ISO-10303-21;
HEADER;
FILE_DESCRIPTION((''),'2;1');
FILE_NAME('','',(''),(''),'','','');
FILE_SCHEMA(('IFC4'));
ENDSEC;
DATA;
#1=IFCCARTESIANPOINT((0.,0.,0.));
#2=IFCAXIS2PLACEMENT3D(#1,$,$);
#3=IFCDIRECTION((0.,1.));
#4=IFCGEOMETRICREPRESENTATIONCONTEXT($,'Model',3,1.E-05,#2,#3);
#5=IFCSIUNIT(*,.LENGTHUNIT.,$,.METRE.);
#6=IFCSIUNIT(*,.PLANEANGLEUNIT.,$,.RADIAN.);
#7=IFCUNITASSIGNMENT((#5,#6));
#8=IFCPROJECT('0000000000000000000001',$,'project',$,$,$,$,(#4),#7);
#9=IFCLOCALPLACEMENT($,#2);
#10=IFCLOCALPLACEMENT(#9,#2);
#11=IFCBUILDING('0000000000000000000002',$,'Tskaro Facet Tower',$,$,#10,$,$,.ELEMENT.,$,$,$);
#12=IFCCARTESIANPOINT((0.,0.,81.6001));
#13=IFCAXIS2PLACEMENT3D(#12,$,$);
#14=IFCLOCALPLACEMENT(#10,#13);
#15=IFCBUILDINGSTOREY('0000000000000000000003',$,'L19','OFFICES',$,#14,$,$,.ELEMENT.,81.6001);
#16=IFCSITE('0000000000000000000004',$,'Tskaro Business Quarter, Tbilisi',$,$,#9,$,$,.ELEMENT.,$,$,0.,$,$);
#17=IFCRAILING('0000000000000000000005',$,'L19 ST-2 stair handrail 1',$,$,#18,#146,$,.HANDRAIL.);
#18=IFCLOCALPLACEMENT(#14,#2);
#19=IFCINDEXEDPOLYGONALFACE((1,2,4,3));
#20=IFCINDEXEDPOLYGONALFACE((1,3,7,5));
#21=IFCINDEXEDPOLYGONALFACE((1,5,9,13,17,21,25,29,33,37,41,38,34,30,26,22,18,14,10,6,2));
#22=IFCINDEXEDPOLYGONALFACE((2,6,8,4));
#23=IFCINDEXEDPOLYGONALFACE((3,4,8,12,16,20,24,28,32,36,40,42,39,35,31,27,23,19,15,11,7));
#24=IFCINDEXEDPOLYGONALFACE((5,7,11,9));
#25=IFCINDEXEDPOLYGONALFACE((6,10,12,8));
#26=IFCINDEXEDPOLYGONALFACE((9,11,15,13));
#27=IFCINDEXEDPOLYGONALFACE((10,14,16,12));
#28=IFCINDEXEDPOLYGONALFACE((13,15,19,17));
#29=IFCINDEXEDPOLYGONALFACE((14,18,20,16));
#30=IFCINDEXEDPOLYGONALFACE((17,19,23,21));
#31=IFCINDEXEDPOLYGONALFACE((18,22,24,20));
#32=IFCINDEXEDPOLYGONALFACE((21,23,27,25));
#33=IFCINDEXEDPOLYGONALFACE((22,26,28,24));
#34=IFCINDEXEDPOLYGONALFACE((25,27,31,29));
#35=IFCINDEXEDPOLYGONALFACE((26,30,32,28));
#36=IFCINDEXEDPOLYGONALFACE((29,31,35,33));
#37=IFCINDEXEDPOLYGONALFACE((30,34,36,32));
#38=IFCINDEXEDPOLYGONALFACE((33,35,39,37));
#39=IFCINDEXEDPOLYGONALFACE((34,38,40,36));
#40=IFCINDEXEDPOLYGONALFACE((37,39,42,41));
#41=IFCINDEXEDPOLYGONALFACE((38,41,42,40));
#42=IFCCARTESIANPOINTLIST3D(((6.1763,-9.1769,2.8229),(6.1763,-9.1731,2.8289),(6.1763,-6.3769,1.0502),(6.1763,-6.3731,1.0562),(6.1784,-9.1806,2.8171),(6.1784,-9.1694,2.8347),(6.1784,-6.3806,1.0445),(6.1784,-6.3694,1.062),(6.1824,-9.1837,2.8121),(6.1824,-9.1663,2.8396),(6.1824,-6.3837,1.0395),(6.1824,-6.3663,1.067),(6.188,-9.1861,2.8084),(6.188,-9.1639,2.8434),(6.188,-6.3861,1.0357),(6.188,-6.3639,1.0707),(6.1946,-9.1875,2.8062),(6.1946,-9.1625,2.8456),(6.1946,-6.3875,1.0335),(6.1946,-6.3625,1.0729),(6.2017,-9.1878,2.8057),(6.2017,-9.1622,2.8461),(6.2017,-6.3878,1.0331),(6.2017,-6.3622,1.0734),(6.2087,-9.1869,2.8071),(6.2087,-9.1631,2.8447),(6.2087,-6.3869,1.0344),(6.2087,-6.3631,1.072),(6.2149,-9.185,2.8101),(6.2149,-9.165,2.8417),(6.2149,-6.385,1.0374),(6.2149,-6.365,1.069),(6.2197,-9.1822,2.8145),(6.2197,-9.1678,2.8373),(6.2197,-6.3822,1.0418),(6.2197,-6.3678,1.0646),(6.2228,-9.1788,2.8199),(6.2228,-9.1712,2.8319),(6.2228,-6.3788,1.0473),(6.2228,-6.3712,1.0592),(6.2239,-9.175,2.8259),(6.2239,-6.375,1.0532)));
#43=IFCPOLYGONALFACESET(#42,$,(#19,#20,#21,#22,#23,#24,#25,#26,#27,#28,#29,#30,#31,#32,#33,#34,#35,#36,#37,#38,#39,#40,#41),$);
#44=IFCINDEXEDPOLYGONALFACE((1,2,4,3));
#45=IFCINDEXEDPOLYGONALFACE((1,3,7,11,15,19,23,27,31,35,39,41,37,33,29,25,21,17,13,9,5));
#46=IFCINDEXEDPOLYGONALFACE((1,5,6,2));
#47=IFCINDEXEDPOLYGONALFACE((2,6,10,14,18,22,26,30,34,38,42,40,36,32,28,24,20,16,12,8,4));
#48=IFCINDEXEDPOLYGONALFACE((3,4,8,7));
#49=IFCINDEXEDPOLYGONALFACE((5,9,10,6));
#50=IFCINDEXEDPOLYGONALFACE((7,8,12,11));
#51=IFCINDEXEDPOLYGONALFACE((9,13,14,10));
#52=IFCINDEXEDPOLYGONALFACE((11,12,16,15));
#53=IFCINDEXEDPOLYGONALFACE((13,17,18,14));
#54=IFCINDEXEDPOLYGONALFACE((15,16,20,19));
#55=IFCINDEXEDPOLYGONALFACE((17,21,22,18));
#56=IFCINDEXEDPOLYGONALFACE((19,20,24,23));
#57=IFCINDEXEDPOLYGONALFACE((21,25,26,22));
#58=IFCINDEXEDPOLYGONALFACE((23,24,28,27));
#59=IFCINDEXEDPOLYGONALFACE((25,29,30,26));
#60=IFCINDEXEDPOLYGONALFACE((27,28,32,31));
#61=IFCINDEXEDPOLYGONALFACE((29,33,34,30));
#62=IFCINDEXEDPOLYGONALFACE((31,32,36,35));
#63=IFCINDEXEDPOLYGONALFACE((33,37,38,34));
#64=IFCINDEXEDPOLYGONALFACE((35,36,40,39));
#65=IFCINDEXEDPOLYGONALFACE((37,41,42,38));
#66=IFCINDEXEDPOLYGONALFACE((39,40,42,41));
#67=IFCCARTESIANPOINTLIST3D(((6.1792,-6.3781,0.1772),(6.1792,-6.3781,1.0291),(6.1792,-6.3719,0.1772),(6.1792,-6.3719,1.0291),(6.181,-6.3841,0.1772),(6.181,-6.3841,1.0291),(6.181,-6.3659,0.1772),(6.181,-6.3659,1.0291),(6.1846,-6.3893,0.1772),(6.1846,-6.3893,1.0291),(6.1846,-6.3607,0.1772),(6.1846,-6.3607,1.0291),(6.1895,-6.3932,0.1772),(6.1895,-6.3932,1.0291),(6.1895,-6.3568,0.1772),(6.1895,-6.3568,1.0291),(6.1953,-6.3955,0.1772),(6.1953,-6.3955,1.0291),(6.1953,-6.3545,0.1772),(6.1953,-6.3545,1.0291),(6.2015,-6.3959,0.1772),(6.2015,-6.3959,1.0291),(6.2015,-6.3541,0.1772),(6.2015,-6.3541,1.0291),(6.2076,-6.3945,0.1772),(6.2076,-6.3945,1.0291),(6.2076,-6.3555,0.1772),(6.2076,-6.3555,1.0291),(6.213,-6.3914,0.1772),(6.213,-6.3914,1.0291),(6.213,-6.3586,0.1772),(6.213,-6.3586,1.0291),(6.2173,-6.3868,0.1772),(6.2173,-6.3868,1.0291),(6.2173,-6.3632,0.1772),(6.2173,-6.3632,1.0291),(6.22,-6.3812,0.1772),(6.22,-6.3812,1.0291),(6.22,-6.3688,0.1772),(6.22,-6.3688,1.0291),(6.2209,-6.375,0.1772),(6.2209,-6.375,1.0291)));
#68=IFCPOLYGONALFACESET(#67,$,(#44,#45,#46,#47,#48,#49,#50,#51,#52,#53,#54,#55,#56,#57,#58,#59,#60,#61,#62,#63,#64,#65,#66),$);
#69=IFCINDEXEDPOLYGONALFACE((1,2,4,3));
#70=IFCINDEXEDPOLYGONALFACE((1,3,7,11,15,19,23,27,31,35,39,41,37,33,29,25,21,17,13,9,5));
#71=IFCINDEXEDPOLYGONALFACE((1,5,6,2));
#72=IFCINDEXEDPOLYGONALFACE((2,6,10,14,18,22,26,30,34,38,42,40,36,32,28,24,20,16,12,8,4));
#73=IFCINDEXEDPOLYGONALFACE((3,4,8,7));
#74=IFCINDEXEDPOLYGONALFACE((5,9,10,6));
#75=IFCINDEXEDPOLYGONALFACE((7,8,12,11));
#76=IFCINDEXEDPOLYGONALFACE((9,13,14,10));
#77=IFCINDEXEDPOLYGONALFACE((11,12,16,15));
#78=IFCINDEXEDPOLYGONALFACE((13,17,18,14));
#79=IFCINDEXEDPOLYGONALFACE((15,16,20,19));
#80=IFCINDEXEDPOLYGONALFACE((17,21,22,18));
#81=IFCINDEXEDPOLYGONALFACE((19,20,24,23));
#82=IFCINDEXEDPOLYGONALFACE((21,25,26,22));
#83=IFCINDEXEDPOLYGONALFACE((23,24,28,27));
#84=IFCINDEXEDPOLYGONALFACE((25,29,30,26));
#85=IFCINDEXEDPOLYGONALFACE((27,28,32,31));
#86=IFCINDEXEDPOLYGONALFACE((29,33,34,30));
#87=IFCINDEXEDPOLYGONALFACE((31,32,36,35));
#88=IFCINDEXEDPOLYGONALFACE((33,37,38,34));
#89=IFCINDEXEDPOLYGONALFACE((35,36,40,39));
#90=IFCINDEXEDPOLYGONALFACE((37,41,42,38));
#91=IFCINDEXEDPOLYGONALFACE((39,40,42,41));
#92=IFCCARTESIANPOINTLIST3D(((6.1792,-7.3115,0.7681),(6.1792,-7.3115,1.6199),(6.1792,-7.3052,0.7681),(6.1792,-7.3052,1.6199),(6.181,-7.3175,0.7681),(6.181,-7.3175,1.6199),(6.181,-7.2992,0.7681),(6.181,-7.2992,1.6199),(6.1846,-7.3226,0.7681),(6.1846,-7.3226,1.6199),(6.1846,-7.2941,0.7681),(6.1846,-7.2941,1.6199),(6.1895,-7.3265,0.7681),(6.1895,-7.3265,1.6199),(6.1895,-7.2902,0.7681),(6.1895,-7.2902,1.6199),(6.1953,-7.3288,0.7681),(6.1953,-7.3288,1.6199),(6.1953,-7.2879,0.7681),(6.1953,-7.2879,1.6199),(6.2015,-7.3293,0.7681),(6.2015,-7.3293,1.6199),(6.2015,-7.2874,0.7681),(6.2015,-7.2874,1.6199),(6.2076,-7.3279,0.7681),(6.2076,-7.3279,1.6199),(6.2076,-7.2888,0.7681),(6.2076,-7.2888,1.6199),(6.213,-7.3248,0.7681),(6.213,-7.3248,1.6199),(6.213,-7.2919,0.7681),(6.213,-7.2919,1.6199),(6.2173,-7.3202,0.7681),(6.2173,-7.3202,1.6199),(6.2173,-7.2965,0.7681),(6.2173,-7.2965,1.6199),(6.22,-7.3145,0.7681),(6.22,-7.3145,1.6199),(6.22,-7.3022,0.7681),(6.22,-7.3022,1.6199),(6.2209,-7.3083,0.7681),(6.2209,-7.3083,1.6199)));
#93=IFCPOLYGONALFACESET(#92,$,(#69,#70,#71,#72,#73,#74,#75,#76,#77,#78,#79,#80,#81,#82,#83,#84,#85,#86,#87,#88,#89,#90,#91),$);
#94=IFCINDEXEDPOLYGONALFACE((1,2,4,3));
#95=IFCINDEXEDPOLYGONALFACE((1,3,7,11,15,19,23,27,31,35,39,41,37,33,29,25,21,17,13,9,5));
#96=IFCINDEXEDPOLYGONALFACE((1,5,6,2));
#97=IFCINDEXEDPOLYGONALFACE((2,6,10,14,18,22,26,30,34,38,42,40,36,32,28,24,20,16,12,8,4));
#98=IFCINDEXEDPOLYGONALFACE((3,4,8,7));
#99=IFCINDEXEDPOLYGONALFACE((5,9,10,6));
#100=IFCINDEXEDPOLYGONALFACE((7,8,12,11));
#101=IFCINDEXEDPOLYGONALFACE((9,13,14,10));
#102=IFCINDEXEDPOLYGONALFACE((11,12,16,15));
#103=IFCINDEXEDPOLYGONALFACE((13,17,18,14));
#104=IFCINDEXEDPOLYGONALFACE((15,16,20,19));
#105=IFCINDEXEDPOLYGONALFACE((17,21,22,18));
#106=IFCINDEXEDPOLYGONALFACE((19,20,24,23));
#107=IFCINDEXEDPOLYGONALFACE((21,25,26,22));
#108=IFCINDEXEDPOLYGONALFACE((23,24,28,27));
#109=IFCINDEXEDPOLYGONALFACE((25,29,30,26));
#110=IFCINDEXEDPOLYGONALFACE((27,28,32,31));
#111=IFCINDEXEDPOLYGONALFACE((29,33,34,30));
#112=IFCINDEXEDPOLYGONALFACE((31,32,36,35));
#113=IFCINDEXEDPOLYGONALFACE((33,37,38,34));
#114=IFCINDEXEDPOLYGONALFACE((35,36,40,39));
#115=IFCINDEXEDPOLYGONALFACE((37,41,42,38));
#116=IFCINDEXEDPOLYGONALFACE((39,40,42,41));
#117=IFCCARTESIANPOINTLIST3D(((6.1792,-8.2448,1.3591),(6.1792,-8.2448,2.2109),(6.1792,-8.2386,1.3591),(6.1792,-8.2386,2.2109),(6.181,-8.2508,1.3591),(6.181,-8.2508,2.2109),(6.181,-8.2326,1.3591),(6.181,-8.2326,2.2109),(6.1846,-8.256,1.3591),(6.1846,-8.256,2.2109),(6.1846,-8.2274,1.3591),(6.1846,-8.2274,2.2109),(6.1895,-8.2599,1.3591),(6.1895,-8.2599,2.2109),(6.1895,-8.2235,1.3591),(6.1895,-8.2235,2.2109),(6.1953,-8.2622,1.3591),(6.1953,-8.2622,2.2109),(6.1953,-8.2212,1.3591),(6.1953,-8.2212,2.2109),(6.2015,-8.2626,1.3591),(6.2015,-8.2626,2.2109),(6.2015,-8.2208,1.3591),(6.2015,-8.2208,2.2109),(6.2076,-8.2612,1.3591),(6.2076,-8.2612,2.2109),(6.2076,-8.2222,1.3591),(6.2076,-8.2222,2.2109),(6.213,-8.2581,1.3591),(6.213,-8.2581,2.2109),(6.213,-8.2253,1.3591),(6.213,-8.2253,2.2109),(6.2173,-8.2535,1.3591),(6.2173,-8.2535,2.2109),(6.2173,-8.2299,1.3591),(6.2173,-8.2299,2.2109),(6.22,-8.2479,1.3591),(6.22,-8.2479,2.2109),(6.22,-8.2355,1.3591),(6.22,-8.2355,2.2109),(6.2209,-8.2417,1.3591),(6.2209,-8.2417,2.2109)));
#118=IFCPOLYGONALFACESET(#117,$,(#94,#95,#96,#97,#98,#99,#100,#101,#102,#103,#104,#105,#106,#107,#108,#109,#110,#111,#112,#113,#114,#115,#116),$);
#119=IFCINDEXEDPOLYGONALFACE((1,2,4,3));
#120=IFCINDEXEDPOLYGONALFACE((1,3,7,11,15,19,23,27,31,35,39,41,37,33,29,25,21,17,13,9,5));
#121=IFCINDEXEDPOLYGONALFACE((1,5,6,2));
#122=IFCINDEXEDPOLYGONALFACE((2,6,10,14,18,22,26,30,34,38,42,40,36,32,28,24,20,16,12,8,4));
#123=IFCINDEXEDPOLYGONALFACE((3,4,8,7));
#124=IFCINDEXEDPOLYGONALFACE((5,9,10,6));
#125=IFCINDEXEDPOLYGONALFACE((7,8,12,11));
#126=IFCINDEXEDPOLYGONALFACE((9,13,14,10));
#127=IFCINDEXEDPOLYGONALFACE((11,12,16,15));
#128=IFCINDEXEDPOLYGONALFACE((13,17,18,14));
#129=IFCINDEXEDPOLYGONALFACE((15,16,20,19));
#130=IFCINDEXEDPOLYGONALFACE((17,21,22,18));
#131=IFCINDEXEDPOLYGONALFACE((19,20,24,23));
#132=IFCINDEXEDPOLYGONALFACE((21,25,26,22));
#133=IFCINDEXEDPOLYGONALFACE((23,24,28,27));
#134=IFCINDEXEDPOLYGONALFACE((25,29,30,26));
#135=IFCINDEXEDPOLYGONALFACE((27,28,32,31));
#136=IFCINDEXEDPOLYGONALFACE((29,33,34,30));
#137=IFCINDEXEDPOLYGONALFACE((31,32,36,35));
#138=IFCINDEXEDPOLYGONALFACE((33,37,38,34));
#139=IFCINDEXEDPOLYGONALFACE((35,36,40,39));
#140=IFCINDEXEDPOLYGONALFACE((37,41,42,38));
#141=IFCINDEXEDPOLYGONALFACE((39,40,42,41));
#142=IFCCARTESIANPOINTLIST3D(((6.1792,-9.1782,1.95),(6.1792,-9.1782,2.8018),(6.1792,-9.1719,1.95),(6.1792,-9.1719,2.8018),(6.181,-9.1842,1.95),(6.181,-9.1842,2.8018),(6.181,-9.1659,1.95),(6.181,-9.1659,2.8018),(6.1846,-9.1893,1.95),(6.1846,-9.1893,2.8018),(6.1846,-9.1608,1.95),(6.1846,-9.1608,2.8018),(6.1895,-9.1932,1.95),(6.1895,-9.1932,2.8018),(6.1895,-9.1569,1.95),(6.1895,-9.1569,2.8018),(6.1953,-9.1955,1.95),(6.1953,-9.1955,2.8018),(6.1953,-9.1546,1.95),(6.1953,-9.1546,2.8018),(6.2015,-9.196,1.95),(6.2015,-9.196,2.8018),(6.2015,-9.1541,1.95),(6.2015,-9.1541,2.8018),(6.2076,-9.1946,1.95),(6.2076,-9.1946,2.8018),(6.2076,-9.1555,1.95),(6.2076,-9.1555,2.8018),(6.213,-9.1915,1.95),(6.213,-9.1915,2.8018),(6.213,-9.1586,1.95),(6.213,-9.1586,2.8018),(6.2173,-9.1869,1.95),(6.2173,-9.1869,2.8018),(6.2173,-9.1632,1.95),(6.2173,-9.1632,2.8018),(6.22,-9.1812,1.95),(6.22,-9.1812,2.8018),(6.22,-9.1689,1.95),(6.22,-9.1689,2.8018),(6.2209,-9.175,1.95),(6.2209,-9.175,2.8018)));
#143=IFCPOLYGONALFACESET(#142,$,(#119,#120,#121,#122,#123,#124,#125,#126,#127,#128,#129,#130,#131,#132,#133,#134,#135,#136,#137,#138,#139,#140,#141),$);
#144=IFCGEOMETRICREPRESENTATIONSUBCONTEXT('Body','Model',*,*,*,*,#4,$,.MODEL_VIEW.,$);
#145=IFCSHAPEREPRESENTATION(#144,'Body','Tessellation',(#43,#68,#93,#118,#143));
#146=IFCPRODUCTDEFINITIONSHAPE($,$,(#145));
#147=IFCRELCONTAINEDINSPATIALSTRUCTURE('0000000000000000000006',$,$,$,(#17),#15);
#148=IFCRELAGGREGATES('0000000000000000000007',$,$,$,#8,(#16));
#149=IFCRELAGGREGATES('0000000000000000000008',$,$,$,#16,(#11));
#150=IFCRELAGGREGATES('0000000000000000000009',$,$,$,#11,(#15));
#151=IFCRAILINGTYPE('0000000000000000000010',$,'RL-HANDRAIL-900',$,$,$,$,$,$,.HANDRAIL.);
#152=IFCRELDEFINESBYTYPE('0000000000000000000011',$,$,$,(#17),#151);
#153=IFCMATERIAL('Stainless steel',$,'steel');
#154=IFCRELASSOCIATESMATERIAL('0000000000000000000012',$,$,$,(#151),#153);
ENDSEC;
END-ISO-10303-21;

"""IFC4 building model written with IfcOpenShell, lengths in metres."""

from ifc_helpers import new_model, si_unit, direction, frame, origin, origin_2d, place, context, subcontext, project, spatial, circle, extrude, material, type_object, element, save


model = new_model("IFC4")

# Units and contexts
model_context = context("Model", 3, precision=1e-05, world=origin(), true_north=direction((0.0, 1.0)))
body_context = subcontext(model_context, "Body", "Model", "MODEL_VIEW")
ifc_project = project(units=[si_unit("LENGTHUNIT", "METRE"), si_unit("PLANEANGLEUNIT", "RADIAN")], contexts=[model_context])

# Site, building, storey
site_placement = place(None, origin())
site = spatial("IfcSite", under=ifc_project, at=site_placement, Name="Tskaro Business Quarter, Tbilisi", CompositionType="ELEMENT", RefElevation=0.0)
building_placement = place(site_placement, origin())
building = spatial("IfcBuilding", under=site, at=building_placement, Name="Tskaro Facet Tower", CompositionType="ELEMENT")
storey_placement = place(building_placement, frame((0.0, 0.0, 81.6001)))
storey = spatial("IfcBuildingStorey", under=building, at=storey_placement, Name="L19", Description="OFFICES", CompositionType="ELEMENT", Elevation=81.6001)

# Railing
ifc_material_1 = material(Name="Stainless steel", Category="steel")
railing_type_1 = type_object("IfcRailingType", Name="RL-HANDRAIL-900", PredefinedType="HANDRAIL", material=ifc_material_1)
railing_1_placement = place(storey_placement, frame((6.2, -6.375, 0.1772)))
element("IfcRailing", 1, at=railing_1_placement, inside=storey, type_object=railing_type_1, Name="L19 ST-2 stair handrail 1", PredefinedType="HANDRAIL", context=body_context, shape_type="SweptSolid", body=[
    extrude(circle(Radius=0.0239, at=origin_2d()), frame((0.0, 0.0, 0.876), z_axis=(0.0, -0.844909, 0.53491), x_axis=(1.0, 0.0, 0.0)), (0.0, 0.0, 1.0), 3.314),
    extrude(circle(Radius=0.021, at=origin_2d()), origin(), (0.0, 0.0, 1.0), 0.8518),
    extrude(circle(Radius=0.021, at=origin_2d()), frame((0.0, -0.9333, 0.5908)), (0.0, 0.0, 1.0), 0.8518),
    extrude(circle(Radius=0.021, at=origin_2d()), frame((0.0, -1.8667, 1.1819)), (0.0, 0.0, 1.0), 0.8518),
    extrude(circle(Radius=0.021, at=origin_2d()), frame((0.0, -2.8, 1.7727)), (0.0, 0.0, 1.0), 0.8518),
])

save(model, "model.ifc")
